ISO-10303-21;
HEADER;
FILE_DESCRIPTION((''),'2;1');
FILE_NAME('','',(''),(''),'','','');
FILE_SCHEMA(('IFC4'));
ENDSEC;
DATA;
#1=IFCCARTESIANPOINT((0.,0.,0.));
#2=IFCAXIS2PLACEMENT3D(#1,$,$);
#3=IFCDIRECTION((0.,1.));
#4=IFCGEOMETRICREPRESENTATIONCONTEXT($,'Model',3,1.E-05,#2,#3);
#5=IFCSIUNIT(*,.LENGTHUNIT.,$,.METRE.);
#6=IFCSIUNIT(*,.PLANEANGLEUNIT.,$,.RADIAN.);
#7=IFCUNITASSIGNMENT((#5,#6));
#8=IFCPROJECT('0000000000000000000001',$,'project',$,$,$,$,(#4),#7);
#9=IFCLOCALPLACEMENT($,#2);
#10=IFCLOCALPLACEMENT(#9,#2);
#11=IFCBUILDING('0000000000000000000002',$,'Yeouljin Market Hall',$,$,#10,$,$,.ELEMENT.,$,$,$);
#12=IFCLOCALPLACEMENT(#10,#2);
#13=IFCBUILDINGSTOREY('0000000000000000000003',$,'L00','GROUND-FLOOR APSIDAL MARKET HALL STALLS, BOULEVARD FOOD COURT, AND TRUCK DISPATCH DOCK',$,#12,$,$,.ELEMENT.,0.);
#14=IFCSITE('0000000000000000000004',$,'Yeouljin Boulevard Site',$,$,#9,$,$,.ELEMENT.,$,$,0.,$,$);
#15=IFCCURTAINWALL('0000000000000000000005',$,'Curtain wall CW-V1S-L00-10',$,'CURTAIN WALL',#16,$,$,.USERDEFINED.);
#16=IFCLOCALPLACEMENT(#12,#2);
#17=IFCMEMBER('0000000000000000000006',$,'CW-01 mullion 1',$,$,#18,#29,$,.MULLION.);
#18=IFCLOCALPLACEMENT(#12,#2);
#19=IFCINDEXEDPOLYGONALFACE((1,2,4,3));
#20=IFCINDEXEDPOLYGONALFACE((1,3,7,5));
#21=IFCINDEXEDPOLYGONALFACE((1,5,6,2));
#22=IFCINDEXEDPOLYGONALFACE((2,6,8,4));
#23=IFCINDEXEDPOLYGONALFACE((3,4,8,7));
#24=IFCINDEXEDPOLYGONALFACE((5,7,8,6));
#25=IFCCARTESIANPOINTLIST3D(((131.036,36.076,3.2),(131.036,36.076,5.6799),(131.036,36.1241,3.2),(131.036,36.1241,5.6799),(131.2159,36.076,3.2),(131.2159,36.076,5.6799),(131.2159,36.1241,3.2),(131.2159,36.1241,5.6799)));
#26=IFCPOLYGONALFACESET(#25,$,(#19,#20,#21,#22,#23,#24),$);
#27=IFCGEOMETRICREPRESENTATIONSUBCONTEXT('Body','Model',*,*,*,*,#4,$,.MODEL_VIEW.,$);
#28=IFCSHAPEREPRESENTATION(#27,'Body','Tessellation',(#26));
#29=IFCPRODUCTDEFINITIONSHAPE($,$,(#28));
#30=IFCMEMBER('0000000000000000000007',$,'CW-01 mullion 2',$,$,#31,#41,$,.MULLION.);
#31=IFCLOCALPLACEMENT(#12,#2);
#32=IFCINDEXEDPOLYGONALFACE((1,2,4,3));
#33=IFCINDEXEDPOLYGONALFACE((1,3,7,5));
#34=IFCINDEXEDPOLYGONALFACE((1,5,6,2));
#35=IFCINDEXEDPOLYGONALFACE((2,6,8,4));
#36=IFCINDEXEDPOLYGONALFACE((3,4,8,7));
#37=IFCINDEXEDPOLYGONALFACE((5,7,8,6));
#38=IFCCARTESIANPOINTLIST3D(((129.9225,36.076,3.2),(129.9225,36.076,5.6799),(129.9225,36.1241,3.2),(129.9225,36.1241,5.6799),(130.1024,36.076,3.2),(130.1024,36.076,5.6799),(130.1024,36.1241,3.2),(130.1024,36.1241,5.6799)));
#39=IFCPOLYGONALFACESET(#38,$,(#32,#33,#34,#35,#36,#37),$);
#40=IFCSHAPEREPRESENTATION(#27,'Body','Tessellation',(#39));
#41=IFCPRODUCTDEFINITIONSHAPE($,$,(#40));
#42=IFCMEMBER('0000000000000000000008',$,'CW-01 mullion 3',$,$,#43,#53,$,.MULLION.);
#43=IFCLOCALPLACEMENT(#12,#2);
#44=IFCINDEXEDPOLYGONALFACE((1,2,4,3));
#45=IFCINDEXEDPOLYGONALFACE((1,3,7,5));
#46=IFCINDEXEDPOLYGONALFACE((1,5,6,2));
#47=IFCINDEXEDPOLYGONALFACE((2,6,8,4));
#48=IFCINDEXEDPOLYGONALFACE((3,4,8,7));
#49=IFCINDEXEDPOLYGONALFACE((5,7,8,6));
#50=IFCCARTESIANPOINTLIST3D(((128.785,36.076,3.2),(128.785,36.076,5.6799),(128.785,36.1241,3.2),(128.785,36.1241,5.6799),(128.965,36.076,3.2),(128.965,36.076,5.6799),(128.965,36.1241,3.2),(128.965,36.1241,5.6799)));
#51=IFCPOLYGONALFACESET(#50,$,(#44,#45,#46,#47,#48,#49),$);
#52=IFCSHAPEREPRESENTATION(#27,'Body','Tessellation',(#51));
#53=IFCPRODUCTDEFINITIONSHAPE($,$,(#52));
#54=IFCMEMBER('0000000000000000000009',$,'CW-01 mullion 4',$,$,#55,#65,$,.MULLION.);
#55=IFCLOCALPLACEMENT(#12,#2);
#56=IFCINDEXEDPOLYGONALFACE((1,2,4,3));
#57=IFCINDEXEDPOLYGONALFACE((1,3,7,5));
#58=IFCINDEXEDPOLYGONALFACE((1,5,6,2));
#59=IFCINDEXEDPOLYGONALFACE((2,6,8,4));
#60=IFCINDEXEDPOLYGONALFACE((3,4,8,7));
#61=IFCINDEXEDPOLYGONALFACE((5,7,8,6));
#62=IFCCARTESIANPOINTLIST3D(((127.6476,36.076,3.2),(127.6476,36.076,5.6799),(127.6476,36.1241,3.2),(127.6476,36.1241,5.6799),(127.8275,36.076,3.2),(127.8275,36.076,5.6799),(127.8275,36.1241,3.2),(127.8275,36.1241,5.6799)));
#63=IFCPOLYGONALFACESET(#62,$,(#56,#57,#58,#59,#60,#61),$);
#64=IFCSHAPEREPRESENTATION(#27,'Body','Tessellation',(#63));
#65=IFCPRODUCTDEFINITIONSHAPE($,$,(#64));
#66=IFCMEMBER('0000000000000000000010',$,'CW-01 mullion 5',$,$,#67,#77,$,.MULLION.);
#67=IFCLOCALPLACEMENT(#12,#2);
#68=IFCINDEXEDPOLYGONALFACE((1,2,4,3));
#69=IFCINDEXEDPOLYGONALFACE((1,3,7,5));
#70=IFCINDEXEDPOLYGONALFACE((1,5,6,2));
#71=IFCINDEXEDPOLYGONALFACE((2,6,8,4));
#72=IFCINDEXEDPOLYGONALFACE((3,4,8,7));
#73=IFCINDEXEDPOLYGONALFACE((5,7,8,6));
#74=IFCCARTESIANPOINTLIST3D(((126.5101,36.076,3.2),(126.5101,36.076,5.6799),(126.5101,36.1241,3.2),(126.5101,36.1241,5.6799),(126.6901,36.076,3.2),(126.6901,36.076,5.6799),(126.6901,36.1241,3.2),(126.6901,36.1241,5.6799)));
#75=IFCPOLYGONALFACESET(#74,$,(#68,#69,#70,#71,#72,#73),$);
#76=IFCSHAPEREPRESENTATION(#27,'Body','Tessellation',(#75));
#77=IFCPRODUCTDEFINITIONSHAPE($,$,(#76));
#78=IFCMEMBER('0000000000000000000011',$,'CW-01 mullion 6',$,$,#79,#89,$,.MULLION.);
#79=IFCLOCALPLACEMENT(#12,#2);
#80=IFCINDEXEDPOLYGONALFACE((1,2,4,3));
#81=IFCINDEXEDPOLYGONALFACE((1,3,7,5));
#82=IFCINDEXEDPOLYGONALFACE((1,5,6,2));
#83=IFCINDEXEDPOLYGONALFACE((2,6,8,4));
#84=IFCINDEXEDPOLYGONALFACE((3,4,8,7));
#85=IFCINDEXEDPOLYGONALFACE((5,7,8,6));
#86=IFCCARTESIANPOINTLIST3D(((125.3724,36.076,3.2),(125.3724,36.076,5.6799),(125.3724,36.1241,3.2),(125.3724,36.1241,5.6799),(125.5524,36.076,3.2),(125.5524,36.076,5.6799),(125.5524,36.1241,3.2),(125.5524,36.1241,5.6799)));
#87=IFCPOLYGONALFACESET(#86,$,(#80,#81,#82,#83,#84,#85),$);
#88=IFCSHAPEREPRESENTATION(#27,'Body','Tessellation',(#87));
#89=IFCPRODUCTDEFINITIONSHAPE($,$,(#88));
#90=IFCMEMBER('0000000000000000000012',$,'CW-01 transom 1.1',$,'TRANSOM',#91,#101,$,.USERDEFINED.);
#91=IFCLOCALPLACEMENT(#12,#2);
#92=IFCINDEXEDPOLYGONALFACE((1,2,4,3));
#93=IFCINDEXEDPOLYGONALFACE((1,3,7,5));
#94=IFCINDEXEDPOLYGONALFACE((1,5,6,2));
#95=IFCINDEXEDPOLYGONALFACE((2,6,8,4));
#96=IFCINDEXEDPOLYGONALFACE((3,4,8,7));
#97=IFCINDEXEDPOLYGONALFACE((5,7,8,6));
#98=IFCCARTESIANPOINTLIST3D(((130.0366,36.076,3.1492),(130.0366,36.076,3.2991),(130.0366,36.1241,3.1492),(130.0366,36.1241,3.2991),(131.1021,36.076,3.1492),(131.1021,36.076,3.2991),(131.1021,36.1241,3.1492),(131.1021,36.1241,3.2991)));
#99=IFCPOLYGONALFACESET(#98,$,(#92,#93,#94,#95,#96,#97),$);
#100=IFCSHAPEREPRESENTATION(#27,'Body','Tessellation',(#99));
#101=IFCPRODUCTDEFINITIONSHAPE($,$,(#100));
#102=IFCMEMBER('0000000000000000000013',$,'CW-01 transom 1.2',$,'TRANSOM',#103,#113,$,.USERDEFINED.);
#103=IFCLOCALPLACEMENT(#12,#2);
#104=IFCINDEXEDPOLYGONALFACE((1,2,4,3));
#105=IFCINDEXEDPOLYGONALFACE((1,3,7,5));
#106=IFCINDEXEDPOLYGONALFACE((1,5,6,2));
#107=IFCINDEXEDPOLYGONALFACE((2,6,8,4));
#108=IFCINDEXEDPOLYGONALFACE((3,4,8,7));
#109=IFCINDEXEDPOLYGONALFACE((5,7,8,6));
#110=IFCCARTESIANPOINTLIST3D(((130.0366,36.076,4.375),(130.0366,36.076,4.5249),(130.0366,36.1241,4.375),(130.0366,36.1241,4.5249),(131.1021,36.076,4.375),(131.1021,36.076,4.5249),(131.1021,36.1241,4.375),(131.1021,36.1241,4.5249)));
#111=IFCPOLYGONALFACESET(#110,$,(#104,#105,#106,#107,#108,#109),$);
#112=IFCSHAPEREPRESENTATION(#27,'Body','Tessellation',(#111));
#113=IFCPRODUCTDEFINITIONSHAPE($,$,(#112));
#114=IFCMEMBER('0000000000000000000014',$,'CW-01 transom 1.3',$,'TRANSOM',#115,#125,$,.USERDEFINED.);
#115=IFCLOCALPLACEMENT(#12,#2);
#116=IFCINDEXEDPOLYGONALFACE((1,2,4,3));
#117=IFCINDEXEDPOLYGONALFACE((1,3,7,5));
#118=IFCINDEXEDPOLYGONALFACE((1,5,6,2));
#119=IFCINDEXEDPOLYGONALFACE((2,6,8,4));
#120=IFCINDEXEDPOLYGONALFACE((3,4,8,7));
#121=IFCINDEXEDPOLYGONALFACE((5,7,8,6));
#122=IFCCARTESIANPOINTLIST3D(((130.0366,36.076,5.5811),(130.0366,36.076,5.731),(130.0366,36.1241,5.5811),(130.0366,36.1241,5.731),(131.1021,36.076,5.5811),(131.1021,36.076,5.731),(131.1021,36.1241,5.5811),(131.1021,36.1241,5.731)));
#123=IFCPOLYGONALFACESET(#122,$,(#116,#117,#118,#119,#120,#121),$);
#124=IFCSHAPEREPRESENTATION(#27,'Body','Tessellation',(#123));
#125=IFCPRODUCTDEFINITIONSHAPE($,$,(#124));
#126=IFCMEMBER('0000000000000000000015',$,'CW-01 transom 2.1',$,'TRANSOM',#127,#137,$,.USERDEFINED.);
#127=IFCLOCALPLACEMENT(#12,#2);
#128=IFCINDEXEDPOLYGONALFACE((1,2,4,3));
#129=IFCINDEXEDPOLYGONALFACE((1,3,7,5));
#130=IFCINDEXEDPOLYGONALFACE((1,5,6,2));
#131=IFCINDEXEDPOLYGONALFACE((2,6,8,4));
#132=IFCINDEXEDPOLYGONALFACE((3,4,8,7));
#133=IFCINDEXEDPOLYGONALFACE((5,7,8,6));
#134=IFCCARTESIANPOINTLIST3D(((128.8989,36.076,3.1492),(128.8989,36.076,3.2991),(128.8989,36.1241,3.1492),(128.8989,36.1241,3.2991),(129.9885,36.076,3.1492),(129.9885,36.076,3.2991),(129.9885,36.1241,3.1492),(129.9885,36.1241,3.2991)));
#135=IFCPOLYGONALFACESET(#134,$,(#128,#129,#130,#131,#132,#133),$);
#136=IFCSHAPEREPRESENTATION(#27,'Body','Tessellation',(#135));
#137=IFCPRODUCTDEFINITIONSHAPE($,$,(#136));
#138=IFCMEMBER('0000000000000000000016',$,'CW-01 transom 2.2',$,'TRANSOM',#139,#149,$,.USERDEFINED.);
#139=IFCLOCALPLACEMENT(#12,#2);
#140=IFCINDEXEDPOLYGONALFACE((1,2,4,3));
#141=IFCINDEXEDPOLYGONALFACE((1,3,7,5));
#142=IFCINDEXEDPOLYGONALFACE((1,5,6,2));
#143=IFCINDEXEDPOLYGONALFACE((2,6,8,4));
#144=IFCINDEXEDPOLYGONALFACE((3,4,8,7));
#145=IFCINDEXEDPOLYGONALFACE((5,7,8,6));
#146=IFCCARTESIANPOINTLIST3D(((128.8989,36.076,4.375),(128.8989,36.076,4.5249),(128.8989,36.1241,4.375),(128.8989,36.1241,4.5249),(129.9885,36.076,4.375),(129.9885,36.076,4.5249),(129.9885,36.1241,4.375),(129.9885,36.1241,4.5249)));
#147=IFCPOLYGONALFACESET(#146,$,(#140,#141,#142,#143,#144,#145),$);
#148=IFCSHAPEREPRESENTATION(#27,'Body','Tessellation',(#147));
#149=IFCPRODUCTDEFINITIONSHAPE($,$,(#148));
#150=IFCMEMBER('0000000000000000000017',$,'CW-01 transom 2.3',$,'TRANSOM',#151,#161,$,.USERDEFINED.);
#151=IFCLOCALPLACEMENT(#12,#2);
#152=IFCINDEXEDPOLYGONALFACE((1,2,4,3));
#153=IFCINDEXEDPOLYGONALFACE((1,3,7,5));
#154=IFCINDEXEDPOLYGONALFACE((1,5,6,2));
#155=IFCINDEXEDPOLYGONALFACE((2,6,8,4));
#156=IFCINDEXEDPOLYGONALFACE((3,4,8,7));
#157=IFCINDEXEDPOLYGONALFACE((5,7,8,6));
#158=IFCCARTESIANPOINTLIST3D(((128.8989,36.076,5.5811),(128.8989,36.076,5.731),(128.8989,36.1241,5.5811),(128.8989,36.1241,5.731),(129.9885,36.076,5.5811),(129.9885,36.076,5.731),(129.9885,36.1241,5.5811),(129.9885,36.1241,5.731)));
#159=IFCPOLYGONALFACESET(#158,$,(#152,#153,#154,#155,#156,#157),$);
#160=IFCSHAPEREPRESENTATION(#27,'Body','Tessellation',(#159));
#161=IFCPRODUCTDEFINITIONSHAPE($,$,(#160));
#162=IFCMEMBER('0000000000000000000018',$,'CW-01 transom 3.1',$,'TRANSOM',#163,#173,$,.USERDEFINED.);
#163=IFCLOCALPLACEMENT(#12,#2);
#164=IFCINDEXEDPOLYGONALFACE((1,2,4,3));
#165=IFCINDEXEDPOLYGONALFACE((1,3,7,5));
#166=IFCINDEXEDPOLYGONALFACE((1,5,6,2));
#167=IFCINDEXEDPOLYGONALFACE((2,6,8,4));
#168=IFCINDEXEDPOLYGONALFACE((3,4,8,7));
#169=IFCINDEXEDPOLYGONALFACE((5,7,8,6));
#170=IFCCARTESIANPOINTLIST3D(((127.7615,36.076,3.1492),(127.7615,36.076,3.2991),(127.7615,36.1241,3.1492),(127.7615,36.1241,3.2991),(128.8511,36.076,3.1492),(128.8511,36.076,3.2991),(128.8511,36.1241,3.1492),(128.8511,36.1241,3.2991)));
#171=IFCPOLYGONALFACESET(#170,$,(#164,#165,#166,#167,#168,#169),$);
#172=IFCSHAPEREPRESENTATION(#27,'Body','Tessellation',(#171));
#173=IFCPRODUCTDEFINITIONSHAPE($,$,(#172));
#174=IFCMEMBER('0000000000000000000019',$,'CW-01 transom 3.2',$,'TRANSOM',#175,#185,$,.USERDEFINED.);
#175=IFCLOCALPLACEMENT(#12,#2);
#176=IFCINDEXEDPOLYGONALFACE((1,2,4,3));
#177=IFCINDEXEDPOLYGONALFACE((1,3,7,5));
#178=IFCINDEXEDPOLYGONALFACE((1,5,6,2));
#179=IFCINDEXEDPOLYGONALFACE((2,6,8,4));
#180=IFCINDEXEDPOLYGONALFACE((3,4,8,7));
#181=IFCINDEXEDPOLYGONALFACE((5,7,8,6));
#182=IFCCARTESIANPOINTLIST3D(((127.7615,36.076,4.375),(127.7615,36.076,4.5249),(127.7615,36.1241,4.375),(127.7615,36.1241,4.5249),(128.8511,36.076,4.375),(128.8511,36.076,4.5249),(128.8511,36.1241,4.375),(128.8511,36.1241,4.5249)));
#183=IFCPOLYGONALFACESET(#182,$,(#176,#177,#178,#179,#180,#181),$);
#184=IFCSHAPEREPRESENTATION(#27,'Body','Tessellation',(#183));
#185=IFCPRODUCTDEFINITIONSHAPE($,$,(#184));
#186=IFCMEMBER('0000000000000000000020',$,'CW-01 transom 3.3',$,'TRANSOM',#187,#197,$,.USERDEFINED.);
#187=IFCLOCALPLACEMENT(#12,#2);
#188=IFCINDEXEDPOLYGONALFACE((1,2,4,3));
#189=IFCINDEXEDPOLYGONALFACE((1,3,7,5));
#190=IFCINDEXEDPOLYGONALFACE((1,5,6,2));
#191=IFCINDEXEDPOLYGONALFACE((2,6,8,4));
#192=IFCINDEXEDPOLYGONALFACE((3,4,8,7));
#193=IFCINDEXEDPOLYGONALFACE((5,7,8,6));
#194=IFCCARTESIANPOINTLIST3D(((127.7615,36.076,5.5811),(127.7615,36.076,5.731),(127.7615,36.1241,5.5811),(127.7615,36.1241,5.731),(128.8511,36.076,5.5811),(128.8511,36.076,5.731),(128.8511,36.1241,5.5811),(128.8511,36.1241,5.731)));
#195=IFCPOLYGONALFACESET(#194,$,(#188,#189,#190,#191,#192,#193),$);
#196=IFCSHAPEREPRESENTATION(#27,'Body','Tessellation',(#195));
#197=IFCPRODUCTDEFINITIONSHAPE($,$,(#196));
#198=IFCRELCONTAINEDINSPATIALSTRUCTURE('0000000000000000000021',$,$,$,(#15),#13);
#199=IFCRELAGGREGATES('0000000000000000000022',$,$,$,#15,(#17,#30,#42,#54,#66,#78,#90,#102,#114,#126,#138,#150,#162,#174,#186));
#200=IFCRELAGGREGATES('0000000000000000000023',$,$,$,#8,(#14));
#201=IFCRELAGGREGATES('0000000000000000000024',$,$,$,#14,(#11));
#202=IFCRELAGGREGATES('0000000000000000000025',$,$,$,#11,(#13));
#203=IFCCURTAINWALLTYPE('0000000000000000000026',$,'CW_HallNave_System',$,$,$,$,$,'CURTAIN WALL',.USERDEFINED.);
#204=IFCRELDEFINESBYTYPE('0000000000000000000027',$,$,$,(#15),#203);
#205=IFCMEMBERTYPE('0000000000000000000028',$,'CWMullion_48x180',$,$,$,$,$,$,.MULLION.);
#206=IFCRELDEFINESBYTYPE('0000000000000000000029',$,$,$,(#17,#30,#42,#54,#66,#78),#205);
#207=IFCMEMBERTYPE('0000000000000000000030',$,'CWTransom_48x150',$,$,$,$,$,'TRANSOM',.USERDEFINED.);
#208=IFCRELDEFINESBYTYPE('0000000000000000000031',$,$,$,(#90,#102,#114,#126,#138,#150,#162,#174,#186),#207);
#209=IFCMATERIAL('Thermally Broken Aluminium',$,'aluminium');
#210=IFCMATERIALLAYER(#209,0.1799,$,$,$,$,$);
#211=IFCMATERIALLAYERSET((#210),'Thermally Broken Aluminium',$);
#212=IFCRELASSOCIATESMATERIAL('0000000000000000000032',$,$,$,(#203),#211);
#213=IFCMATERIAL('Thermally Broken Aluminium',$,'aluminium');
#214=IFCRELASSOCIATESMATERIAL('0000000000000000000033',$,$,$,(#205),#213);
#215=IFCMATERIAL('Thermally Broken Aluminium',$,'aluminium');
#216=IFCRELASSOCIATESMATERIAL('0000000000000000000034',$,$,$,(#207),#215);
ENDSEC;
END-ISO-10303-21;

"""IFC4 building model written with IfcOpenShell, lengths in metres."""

from ifc_helpers import new_model, si_unit, direction, frame, origin, origin_2d, place, context, subcontext, project, spatial, rectangle, extrude, material, layer, layer_set, material_profile, profile_set, type_object, element, aggregate, save


model = new_model("IFC4")

# Units and contexts
model_context = context("Model", 3, precision=1e-05, world=origin(), true_north=direction((0.0, 1.0)))
body_context = subcontext(model_context, "Body", "Model", "MODEL_VIEW")
ifc_project = project(units=[si_unit("LENGTHUNIT", "METRE"), si_unit("PLANEANGLEUNIT", "RADIAN")], contexts=[model_context])

# Site, building, storey
site_placement = place(None, origin())
site = spatial("IfcSite", under=ifc_project, at=site_placement, Name="Yeouljin Boulevard Site", CompositionType="ELEMENT", RefElevation=0.0)
building_placement = place(site_placement, origin())
building = spatial("IfcBuilding", under=site, at=building_placement, Name="Yeouljin Market Hall", CompositionType="ELEMENT")
storey_placement = place(building_placement, origin())
storey = spatial("IfcBuildingStorey", under=building, at=storey_placement, Name="L00", Description="GROUND-FLOOR APSIDAL MARKET HALL STALLS, BOULEVARD FOOD COURT, AND TRUCK DISPATCH DOCK", CompositionType="ELEMENT", Elevation=0.0)

# Curtain wall, members
ifc_material_1 = material(Name="Thermally Broken Aluminium", Category="aluminium")
ifc_layer_1 = layer(ifc_material_1, 0.1799)
ifc_layer_set_1 = layer_set([ifc_layer_1], Name="Thermally Broken Aluminium")
curtain_wall_type = type_object("IfcCurtainWallType", Name="CW_HallNave_System", ElementType="CURTAIN WALL", PredefinedType="USERDEFINED", material=ifc_layer_set_1)
curtain_wall_placement = place(storey_placement, origin())
curtain_wall = element("IfcCurtainWall", 1, at=curtain_wall_placement, inside=storey, type_object=curtain_wall_type, Name="Curtain wall CW-V1S-L00-10", ObjectType="CURTAIN WALL", PredefinedType="USERDEFINED")
ifc_material_2 = material(Name="Thermally Broken Aluminium", Category="aluminium")
ifc_material_profile_1 = material_profile(ifc_material_2, rectangle(XDim=0.0481, YDim=0.1799, at=origin_2d()), Name="CW-MULL-48x180")
ifc_profile_set_1 = profile_set([ifc_material_profile_1], Name="Thermally Broken Aluminium")
member_type_1 = type_object("IfcMemberType", Name="CWMullion_48x180", PredefinedType="MULLION", material=ifc_profile_set_1)
member_1_placement = place(storey_placement, frame((131.126, 36.1001, 3.2), z_axis=(0.0, 0.0, 1.0), x_axis=(0.0, -1.0, 0.0)))
member_1 = element("IfcMember", 2, at=member_1_placement, type_object=member_type_1, Name="CW-01 mullion 1", PredefinedType="MULLION", context=body_context, shape_type="SweptSolid", body=[
    extrude(rectangle(XDim=0.0481, YDim=0.1799, at=origin_2d()), origin(), (0.0, 0.0, 1.0), 2.48),
])
member_2_placement = place(storey_placement, frame((130.0125, 36.1001, 3.2), z_axis=(0.0, 0.0, 1.0), x_axis=(0.0, -1.0, 0.0)))
member_2 = element("IfcMember", 3, at=member_2_placement, type_object=member_type_1, Name="CW-01 mullion 2", PredefinedType="MULLION", context=body_context, shape_type="SweptSolid", body=[
    extrude(rectangle(XDim=0.0481, YDim=0.1799, at=origin_2d()), origin(), (0.0, 0.0, 1.0), 2.48),
])
member_3_placement = place(storey_placement, frame((128.875, 36.1001, 3.2), z_axis=(0.0, 0.0, 1.0), x_axis=(0.0, -1.0, 0.0)))
member_3 = element("IfcMember", 4, at=member_3_placement, type_object=member_type_1, Name="CW-01 mullion 3", PredefinedType="MULLION", context=body_context, shape_type="SweptSolid", body=[
    extrude(rectangle(XDim=0.0481, YDim=0.1799, at=origin_2d()), origin(), (0.0, 0.0, 1.0), 2.48),
])
member_4_placement = place(storey_placement, frame((127.7375, 36.1001, 3.2), z_axis=(0.0, 0.0, 1.0), x_axis=(0.0, -1.0, 0.0)))
member_4 = element("IfcMember", 5, at=member_4_placement, type_object=member_type_1, Name="CW-01 mullion 4", PredefinedType="MULLION", context=body_context, shape_type="SweptSolid", body=[
    extrude(rectangle(XDim=0.0481, YDim=0.1799, at=origin_2d()), origin(), (0.0, 0.0, 1.0), 2.48),
])
member_5_placement = place(storey_placement, frame((126.6001, 36.1001, 3.2), z_axis=(0.0, 0.0, 1.0), x_axis=(0.0, -1.0, 0.0)))
member_5 = element("IfcMember", 6, at=member_5_placement, type_object=member_type_1, Name="CW-01 mullion 5", PredefinedType="MULLION", context=body_context, shape_type="SweptSolid", body=[
    extrude(rectangle(XDim=0.0481, YDim=0.1799, at=origin_2d()), origin(), (0.0, 0.0, 1.0), 2.48),
])
member_6_placement = place(storey_placement, frame((125.4624, 36.1001, 3.2), z_axis=(0.0, 0.0, 1.0), x_axis=(0.0, -1.0, 0.0)))
member_6 = element("IfcMember", 7, at=member_6_placement, type_object=member_type_1, Name="CW-01 mullion 6", PredefinedType="MULLION", context=body_context, shape_type="SweptSolid", body=[
    extrude(rectangle(XDim=0.0481, YDim=0.1799, at=origin_2d()), origin(), (0.0, 0.0, 1.0), 2.48),
])
ifc_material_3 = material(Name="Thermally Broken Aluminium", Category="aluminium")
ifc_material_profile_2 = material_profile(ifc_material_3, rectangle(XDim=0.0481, YDim=0.1499, at=origin_2d()), Name="CW-TRAN-48x150")
ifc_profile_set_2 = profile_set([ifc_material_profile_2], Name="Thermally Broken Aluminium")
member_type_2 = type_object("IfcMemberType", Name="CWTransom_48x150", ElementType="TRANSOM", PredefinedType="USERDEFINED", material=ifc_profile_set_2)
member_7_placement = place(storey_placement, frame((131.1021, 36.1001, 3.2241), z_axis=(-1.0, 0.0, 0.0), x_axis=(0.0, -1.0, 0.0)))
member_7 = element("IfcMember", 8, at=member_7_placement, type_object=member_type_2, Name="CW-01 transom 1.1", ObjectType="TRANSOM", PredefinedType="USERDEFINED", context=body_context, shape_type="SweptSolid", body=[
    extrude(rectangle(XDim=0.0481, YDim=0.1499, at=origin_2d()), origin(), (0.0, 0.0, 1.0), 1.0654),
])
member_8_placement = place(storey_placement, frame((131.1021, 36.1001, 4.45), z_axis=(-1.0, 0.0, 0.0), x_axis=(0.0, -1.0, 0.0)))
member_8 = element("IfcMember", 9, at=member_8_placement, type_object=member_type_2, Name="CW-01 transom 1.2", ObjectType="TRANSOM", PredefinedType="USERDEFINED", context=body_context, shape_type="SweptSolid", body=[
    extrude(rectangle(XDim=0.0481, YDim=0.1499, at=origin_2d()), origin(), (0.0, 0.0, 1.0), 1.0654),
])
member_9_placement = place(storey_placement, frame((131.1021, 36.1001, 5.656), z_axis=(-1.0, 0.0, 0.0), x_axis=(0.0, -1.0, 0.0)))
member_9 = element("IfcMember", 10, at=member_9_placement, type_object=member_type_2, Name="CW-01 transom 1.3", ObjectType="TRANSOM", PredefinedType="USERDEFINED", context=body_context, shape_type="SweptSolid", body=[
    extrude(rectangle(XDim=0.0481, YDim=0.1499, at=origin_2d()), origin(), (0.0, 0.0, 1.0), 1.0654),
])
member_10_placement = place(storey_placement, frame((129.9885, 36.1001, 3.2241), z_axis=(-1.0, 0.0, 0.0), x_axis=(0.0, -1.0, 0.0)))
member_10 = element("IfcMember", 11, at=member_10_placement, type_object=member_type_2, Name="CW-01 transom 2.1", ObjectType="TRANSOM", PredefinedType="USERDEFINED", context=body_context, shape_type="SweptSolid", body=[
    extrude(rectangle(XDim=0.0481, YDim=0.1499, at=origin_2d()), origin(), (0.0, 0.0, 1.0), 1.0896),
])
member_11_placement = place(storey_placement, frame((129.9885, 36.1001, 4.45), z_axis=(-1.0, 0.0, 0.0), x_axis=(0.0, -1.0, 0.0)))
member_11 = element("IfcMember", 12, at=member_11_placement, type_object=member_type_2, Name="CW-01 transom 2.2", ObjectType="TRANSOM", PredefinedType="USERDEFINED", context=body_context, shape_type="SweptSolid", body=[
    extrude(rectangle(XDim=0.0481, YDim=0.1499, at=origin_2d()), origin(), (0.0, 0.0, 1.0), 1.0896),
])
member_12_placement = place(storey_placement, frame((129.9885, 36.1001, 5.656), z_axis=(-1.0, 0.0, 0.0), x_axis=(0.0, -1.0, 0.0)))
member_12 = element("IfcMember", 13, at=member_12_placement, type_object=member_type_2, Name="CW-01 transom 2.3", ObjectType="TRANSOM", PredefinedType="USERDEFINED", context=body_context, shape_type="SweptSolid", body=[
    extrude(rectangle(XDim=0.0481, YDim=0.1499, at=origin_2d()), origin(), (0.0, 0.0, 1.0), 1.0896),
])
member_13_placement = place(storey_placement, frame((128.8511, 36.1001, 3.2241), z_axis=(-1.0, 0.0, 0.0), x_axis=(0.0, -1.0, 0.0)))
member_13 = element("IfcMember", 14, at=member_13_placement, type_object=member_type_2, Name="CW-01 transom 3.1", ObjectType="TRANSOM", PredefinedType="USERDEFINED", context=body_context, shape_type="SweptSolid", body=[
    extrude(rectangle(XDim=0.0481, YDim=0.1499, at=origin_2d()), origin(), (0.0, 0.0, 1.0), 1.0896),
])
member_14_placement = place(storey_placement, frame((128.8511, 36.1001, 4.45), z_axis=(-1.0, 0.0, 0.0), x_axis=(0.0, -1.0, 0.0)))
member_14 = element("IfcMember", 15, at=member_14_placement, type_object=member_type_2, Name="CW-01 transom 3.2", ObjectType="TRANSOM", PredefinedType="USERDEFINED", context=body_context, shape_type="SweptSolid", body=[
    extrude(rectangle(XDim=0.0481, YDim=0.1499, at=origin_2d()), origin(), (0.0, 0.0, 1.0), 1.0896),
])
member_15_placement = place(storey_placement, frame((128.8511, 36.1001, 5.656), z_axis=(-1.0, 0.0, 0.0), x_axis=(0.0, -1.0, 0.0)))
member_15 = element("IfcMember", 16, at=member_15_placement, type_object=member_type_2, Name="CW-01 transom 3.3", ObjectType="TRANSOM", PredefinedType="USERDEFINED", context=body_context, shape_type="SweptSolid", body=[
    extrude(rectangle(XDim=0.0481, YDim=0.1499, at=origin_2d()), origin(), (0.0, 0.0, 1.0), 1.0896),
])
aggregate(curtain_wall, [member_1, member_2, member_3, member_4, member_5, member_6, member_7, member_8, member_9, member_10, member_11, member_12, member_13, member_14, member_15])

save(model, "model.ifc")
